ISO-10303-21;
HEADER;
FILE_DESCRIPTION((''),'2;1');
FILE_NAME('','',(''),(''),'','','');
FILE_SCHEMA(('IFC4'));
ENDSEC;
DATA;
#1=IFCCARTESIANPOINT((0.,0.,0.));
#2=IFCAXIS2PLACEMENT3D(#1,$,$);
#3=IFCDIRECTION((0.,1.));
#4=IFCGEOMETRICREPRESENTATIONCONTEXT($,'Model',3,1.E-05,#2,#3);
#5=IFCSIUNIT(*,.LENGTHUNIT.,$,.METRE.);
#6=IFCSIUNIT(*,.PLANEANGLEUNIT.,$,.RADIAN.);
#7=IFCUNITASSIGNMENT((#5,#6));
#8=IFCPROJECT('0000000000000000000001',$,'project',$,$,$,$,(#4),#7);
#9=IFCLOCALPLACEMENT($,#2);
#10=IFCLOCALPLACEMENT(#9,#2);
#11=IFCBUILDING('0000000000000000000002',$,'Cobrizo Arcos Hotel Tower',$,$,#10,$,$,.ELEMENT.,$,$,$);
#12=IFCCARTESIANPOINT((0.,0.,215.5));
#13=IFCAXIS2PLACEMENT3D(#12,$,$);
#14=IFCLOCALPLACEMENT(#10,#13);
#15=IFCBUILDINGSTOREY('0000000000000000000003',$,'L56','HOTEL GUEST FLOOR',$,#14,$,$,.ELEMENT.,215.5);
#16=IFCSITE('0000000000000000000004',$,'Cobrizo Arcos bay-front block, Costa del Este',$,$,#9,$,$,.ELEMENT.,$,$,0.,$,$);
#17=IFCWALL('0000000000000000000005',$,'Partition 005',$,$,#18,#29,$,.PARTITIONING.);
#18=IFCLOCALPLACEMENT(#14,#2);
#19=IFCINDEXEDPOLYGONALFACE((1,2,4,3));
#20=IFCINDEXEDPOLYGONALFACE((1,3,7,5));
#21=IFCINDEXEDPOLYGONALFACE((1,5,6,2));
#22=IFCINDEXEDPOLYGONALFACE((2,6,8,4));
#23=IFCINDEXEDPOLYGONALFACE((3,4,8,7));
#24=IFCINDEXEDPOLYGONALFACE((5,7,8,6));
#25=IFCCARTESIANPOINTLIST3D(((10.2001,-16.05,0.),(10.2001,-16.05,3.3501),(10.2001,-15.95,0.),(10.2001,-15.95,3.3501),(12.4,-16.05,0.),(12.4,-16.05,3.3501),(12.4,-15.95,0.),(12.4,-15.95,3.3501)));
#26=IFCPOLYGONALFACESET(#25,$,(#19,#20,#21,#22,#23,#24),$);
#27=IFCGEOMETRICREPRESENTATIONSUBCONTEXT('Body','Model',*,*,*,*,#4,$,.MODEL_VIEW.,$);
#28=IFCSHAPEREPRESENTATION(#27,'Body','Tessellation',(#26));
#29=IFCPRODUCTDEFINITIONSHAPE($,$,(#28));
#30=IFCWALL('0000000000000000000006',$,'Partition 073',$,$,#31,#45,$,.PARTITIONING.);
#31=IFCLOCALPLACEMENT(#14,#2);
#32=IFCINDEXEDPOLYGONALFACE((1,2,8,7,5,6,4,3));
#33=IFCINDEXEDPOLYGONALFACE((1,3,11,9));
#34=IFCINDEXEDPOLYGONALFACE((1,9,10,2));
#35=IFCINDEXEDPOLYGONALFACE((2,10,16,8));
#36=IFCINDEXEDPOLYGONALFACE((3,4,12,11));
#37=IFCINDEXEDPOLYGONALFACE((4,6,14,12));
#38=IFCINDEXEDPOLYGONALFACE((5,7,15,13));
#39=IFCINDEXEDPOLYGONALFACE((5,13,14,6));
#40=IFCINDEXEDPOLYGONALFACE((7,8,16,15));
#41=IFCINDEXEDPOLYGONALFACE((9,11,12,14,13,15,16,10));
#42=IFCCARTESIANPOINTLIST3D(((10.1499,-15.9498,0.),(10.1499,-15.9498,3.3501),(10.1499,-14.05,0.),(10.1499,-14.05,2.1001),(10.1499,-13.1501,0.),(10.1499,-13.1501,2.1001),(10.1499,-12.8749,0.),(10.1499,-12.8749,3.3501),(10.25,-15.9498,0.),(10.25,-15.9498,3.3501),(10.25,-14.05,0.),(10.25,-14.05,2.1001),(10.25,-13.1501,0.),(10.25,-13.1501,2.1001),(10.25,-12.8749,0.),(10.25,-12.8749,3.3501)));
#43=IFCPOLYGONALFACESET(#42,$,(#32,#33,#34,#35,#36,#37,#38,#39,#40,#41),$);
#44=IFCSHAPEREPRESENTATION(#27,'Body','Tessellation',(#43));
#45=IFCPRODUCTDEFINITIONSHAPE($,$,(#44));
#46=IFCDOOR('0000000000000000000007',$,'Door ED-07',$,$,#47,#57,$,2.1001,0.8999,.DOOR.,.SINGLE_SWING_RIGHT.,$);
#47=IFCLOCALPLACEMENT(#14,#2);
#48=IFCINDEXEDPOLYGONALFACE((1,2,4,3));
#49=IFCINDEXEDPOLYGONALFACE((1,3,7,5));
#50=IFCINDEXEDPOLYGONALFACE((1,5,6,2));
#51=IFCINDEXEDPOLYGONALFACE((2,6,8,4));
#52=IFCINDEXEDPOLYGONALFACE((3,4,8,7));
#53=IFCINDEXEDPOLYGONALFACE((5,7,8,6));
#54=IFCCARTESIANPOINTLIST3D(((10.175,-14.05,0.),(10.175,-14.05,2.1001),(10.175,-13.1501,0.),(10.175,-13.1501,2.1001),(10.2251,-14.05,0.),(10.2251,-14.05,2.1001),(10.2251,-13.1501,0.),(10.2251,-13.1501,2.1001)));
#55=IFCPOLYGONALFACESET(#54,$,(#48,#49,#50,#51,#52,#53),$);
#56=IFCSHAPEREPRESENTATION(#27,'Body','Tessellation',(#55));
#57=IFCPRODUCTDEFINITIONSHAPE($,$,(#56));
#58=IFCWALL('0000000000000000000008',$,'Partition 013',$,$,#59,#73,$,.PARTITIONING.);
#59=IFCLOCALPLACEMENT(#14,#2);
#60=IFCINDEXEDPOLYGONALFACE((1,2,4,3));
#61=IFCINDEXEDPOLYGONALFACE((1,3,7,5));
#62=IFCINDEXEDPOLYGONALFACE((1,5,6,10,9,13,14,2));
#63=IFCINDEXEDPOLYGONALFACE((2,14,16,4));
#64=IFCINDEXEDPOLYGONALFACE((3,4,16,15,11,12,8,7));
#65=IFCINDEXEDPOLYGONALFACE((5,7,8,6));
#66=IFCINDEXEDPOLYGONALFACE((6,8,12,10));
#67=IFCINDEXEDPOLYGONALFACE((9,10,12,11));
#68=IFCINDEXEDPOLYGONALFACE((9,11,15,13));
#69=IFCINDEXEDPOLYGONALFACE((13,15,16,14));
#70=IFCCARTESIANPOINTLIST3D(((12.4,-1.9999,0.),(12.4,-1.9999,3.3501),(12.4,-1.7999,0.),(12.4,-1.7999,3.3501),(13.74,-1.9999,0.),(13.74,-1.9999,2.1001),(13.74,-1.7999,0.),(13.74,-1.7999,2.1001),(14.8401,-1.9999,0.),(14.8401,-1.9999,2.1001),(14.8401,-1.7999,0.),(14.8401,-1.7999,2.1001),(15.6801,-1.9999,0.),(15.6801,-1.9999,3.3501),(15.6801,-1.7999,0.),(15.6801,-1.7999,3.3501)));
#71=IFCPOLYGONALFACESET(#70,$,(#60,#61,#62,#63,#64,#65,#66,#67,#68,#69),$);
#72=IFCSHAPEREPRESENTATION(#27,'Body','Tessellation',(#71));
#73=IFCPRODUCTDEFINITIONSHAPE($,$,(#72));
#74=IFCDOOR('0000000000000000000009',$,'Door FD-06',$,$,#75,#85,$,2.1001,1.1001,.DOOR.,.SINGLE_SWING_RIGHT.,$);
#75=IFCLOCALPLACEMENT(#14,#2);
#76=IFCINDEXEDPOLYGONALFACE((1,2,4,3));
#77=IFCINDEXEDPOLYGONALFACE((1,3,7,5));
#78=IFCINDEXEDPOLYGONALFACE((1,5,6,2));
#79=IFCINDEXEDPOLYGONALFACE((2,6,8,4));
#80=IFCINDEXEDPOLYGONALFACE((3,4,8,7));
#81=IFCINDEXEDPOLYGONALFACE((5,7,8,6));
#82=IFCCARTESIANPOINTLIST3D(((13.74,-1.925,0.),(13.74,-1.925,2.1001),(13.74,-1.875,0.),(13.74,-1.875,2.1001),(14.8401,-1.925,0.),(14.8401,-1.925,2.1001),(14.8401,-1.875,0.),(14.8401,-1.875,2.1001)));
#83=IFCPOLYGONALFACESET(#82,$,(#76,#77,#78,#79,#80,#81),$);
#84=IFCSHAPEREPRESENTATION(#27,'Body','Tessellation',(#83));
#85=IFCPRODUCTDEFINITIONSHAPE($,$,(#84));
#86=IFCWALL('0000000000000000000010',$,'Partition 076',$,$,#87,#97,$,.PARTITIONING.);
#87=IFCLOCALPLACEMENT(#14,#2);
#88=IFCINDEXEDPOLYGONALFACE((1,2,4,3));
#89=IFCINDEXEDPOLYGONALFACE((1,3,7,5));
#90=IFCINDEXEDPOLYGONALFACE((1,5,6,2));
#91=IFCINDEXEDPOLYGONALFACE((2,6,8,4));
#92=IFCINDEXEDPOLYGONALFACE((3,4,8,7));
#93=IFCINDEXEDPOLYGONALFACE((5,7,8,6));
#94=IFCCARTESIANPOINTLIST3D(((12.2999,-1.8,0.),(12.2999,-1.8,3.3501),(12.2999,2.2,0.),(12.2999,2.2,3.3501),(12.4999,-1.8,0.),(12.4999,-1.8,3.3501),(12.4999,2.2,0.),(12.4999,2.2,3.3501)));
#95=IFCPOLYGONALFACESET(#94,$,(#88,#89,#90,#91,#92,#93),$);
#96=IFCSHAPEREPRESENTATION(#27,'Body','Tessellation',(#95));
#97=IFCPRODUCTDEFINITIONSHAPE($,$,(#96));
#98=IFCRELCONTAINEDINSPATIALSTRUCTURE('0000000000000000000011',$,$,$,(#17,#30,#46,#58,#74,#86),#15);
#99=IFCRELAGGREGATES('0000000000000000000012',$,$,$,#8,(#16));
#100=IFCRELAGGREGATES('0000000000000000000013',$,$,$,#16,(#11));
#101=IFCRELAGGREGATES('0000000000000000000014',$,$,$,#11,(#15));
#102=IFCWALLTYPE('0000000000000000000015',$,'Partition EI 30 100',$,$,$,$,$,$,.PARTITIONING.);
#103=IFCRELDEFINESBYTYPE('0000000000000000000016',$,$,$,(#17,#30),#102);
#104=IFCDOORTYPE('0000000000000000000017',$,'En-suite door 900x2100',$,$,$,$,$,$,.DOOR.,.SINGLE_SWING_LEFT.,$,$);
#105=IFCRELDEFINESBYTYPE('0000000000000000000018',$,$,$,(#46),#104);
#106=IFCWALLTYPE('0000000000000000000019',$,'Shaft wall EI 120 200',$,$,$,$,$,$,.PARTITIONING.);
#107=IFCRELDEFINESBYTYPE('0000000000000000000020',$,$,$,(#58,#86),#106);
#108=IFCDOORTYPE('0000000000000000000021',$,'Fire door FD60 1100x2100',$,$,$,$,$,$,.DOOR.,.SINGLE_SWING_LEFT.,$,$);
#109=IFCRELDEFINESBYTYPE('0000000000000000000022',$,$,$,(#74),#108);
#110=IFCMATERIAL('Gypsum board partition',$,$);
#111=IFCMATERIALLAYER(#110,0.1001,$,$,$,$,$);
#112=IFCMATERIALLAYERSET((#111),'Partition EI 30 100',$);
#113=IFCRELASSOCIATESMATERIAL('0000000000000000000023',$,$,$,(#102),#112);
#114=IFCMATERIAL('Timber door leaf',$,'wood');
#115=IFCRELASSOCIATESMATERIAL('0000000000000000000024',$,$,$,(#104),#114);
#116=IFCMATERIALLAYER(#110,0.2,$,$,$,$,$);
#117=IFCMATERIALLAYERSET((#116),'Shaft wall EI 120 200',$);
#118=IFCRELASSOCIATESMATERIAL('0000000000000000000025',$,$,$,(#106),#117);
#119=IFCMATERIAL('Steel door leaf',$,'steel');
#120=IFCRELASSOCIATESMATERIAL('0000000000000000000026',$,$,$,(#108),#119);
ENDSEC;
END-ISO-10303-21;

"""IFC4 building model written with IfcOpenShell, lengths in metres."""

from ifc_helpers import new_model, si_unit, direction, frame, frame_2d, origin, place, context, subcontext, project, spatial, rectangle, extrude, material, layer, layer_set, type_object, element, fill, save


model = new_model("IFC4")

# Units and contexts
model_context = context("Model", 3, precision=1e-05, world=origin(), true_north=direction((0.0, 1.0)))
body_context = subcontext(model_context, "Body", "Model", "MODEL_VIEW")
ifc_project = project(units=[si_unit("LENGTHUNIT", "METRE"), si_unit("PLANEANGLEUNIT", "RADIAN")], contexts=[model_context])

# Site, building, storey
site_placement = place(None, origin())
site = spatial("IfcSite", under=ifc_project, at=site_placement, Name="Cobrizo Arcos bay-front block, Costa del Este", CompositionType="ELEMENT", RefElevation=0.0)
building_placement = place(site_placement, origin())
building = spatial("IfcBuilding", under=site, at=building_placement, Name="Cobrizo Arcos Hotel Tower", CompositionType="ELEMENT")
storey_placement = place(building_placement, frame((0.0, 0.0, 215.5)))
storey = spatial("IfcBuildingStorey", under=building, at=storey_placement, Name="L56", Description="HOTEL GUEST FLOOR", CompositionType="ELEMENT", Elevation=215.5)

# Shared definitions
ifc_material_1 = material(Name="Gypsum board partition")

# Shared definitions
ifc_material_2 = material(Name="Timber door leaf", Category="wood")

# Shared definitions
ifc_layer_1 = layer(ifc_material_1, 0.1001)
ifc_layer_set_1 = layer_set([ifc_layer_1], Name="Partition EI 30 100")
wall_type_1 = type_object("IfcWallType", Name="Partition EI 30 100", PredefinedType="PARTITIONING", material=ifc_layer_set_1)
door_type_1 = type_object("IfcDoorType", Name="En-suite door 900x2100", OperationType="SINGLE_SWING_LEFT", PredefinedType="DOOR", material=ifc_material_2)

# Wall
wall_1_placement = place(storey_placement, frame((10.2, -16.0, 0.0), z_axis=(0.0, 0.0, 1.0), x_axis=(1.0, 0.0, 0.0)))
element("IfcWall", 1, at=wall_1_placement, inside=storey, type_object=wall_type_1, Name="Partition 005", PredefinedType="PARTITIONING", context=body_context, shape_type="SweptSolid", body=[
    extrude(rectangle(XDim=2.2, YDim=0.1001, at=frame_2d((1.1001, 0.0))), origin(), (0.0, 0.0, 1.0), 3.3501),
])

# Walls, openings, doors
wall_2_placement = place(storey_placement, frame((10.2, -15.95, 0.0), z_axis=(0.0, 0.0, 1.0), x_axis=(0.0, 1.0, 0.0)))
wall_2 = element("IfcWall", 2, at=wall_2_placement, inside=storey, type_object=wall_type_1, Name="Partition 073", PredefinedType="PARTITIONING", context=body_context, shape_type="SweptSolid", body=[
    extrude(rectangle(XDim=3.075, YDim=0.1001, at=frame_2d((1.5376, 0.0))), origin(), (0.0, 0.0, 1.0), 3.3501),
])
opening_1_placement = place(wall_2_placement, frame((1.8999, 0.0, 0.0)))
opening_1 = element("IfcOpeningElement", 3, at=opening_1_placement, cuts=wall_2, PredefinedType="OPENING", context=body_context, shape_type="SweptSolid", body=[
    extrude(rectangle(XDim=0.8999, YDim=2.1001, at=frame_2d((0.45, 1.05))), frame((0.0, 0.062, 0.0), z_axis=(0.0, -1.0, 0.0), x_axis=(1.0, 0.0, 0.0)), (0.0, 0.0, 1.0), 0.124),
])
door_1_placement = place(opening_1_placement, origin())
door_1 = element("IfcDoor", 4, at=door_1_placement, inside=storey, type_object=door_type_1, Name="Door ED-07", OperationType="SINGLE_SWING_RIGHT", OverallHeight=2.1001, OverallWidth=0.8999, PredefinedType="DOOR", context=body_context, shape_type="SweptSolid", body=[
    extrude(rectangle(XDim=0.8999, YDim=2.1001, at=frame_2d((0.45, 1.05))), frame((0.0, 0.0249, 0.0), z_axis=(0.0, -1.0, 0.0), x_axis=(1.0, 0.0, 0.0)), (0.0, 0.0, 1.0), 0.05),
])
fill(opening_1, door_1)
ifc_layer_2 = layer(ifc_material_1, 0.2)
ifc_layer_set_2 = layer_set([ifc_layer_2], Name="Shaft wall EI 120 200")
wall_type_2 = type_object("IfcWallType", Name="Shaft wall EI 120 200", PredefinedType="PARTITIONING", material=ifc_layer_set_2)
wall_3_placement = place(storey_placement, frame((12.3999, -1.8999, 0.0), z_axis=(0.0, 0.0, 1.0), x_axis=(1.0, 0.0, 0.0)))
wall_3 = element("IfcWall", 5, at=wall_3_placement, inside=storey, type_object=wall_type_2, Name="Partition 013", PredefinedType="PARTITIONING", context=body_context, shape_type="SweptSolid", body=[
    extrude(rectangle(XDim=3.28, YDim=0.2, at=frame_2d((1.6401, 0.0))), origin(), (0.0, 0.0, 1.0), 3.3501),
])
opening_2_placement = place(wall_3_placement, frame((1.3401, 0.0, 0.0)))
opening_2 = element("IfcOpeningElement", 6, at=opening_2_placement, cuts=wall_3, PredefinedType="OPENING", context=body_context, shape_type="SweptSolid", body=[
    extrude(rectangle(XDim=1.1001, YDim=2.1001, at=frame_2d((0.55, 1.05))), frame((0.0, 0.1121, 0.0), z_axis=(0.0, -1.0, 0.0), x_axis=(1.0, 0.0, 0.0)), (0.0, 0.0, 1.0), 0.2239),
])
ifc_material_3 = material(Name="Steel door leaf", Category="steel")
door_type_2 = type_object("IfcDoorType", Name="Fire door FD60 1100x2100", OperationType="SINGLE_SWING_LEFT", PredefinedType="DOOR", material=ifc_material_3)
door_2_placement = place(opening_2_placement, origin())
door_2 = element("IfcDoor", 7, at=door_2_placement, inside=storey, type_object=door_type_2, Name="Door FD-06", OperationType="SINGLE_SWING_RIGHT", OverallHeight=2.1001, OverallWidth=1.1001, PredefinedType="DOOR", context=body_context, shape_type="SweptSolid", body=[
    extrude(rectangle(XDim=1.1001, YDim=2.1001, at=frame_2d((0.55, 1.05))), frame((0.0, 0.0249, 0.0), z_axis=(0.0, -1.0, 0.0), x_axis=(1.0, 0.0, 0.0)), (0.0, 0.0, 1.0), 0.05),
])
fill(opening_2, door_2)

# Wall
wall_4_placement = place(storey_placement, frame((12.3999, -1.8, 0.0), z_axis=(0.0, 0.0, 1.0), x_axis=(0.0, 1.0, 0.0)))
element("IfcWall", 8, at=wall_4_placement, inside=storey, type_object=wall_type_2, Name="Partition 076", PredefinedType="PARTITIONING", context=body_context, shape_type="SweptSolid", body=[
    extrude(rectangle(XDim=4.0, YDim=0.2, at=frame_2d((2.0, 0.0))), origin(), (0.0, 0.0, 1.0), 3.3501),
])

save(model, "model.ifc")
